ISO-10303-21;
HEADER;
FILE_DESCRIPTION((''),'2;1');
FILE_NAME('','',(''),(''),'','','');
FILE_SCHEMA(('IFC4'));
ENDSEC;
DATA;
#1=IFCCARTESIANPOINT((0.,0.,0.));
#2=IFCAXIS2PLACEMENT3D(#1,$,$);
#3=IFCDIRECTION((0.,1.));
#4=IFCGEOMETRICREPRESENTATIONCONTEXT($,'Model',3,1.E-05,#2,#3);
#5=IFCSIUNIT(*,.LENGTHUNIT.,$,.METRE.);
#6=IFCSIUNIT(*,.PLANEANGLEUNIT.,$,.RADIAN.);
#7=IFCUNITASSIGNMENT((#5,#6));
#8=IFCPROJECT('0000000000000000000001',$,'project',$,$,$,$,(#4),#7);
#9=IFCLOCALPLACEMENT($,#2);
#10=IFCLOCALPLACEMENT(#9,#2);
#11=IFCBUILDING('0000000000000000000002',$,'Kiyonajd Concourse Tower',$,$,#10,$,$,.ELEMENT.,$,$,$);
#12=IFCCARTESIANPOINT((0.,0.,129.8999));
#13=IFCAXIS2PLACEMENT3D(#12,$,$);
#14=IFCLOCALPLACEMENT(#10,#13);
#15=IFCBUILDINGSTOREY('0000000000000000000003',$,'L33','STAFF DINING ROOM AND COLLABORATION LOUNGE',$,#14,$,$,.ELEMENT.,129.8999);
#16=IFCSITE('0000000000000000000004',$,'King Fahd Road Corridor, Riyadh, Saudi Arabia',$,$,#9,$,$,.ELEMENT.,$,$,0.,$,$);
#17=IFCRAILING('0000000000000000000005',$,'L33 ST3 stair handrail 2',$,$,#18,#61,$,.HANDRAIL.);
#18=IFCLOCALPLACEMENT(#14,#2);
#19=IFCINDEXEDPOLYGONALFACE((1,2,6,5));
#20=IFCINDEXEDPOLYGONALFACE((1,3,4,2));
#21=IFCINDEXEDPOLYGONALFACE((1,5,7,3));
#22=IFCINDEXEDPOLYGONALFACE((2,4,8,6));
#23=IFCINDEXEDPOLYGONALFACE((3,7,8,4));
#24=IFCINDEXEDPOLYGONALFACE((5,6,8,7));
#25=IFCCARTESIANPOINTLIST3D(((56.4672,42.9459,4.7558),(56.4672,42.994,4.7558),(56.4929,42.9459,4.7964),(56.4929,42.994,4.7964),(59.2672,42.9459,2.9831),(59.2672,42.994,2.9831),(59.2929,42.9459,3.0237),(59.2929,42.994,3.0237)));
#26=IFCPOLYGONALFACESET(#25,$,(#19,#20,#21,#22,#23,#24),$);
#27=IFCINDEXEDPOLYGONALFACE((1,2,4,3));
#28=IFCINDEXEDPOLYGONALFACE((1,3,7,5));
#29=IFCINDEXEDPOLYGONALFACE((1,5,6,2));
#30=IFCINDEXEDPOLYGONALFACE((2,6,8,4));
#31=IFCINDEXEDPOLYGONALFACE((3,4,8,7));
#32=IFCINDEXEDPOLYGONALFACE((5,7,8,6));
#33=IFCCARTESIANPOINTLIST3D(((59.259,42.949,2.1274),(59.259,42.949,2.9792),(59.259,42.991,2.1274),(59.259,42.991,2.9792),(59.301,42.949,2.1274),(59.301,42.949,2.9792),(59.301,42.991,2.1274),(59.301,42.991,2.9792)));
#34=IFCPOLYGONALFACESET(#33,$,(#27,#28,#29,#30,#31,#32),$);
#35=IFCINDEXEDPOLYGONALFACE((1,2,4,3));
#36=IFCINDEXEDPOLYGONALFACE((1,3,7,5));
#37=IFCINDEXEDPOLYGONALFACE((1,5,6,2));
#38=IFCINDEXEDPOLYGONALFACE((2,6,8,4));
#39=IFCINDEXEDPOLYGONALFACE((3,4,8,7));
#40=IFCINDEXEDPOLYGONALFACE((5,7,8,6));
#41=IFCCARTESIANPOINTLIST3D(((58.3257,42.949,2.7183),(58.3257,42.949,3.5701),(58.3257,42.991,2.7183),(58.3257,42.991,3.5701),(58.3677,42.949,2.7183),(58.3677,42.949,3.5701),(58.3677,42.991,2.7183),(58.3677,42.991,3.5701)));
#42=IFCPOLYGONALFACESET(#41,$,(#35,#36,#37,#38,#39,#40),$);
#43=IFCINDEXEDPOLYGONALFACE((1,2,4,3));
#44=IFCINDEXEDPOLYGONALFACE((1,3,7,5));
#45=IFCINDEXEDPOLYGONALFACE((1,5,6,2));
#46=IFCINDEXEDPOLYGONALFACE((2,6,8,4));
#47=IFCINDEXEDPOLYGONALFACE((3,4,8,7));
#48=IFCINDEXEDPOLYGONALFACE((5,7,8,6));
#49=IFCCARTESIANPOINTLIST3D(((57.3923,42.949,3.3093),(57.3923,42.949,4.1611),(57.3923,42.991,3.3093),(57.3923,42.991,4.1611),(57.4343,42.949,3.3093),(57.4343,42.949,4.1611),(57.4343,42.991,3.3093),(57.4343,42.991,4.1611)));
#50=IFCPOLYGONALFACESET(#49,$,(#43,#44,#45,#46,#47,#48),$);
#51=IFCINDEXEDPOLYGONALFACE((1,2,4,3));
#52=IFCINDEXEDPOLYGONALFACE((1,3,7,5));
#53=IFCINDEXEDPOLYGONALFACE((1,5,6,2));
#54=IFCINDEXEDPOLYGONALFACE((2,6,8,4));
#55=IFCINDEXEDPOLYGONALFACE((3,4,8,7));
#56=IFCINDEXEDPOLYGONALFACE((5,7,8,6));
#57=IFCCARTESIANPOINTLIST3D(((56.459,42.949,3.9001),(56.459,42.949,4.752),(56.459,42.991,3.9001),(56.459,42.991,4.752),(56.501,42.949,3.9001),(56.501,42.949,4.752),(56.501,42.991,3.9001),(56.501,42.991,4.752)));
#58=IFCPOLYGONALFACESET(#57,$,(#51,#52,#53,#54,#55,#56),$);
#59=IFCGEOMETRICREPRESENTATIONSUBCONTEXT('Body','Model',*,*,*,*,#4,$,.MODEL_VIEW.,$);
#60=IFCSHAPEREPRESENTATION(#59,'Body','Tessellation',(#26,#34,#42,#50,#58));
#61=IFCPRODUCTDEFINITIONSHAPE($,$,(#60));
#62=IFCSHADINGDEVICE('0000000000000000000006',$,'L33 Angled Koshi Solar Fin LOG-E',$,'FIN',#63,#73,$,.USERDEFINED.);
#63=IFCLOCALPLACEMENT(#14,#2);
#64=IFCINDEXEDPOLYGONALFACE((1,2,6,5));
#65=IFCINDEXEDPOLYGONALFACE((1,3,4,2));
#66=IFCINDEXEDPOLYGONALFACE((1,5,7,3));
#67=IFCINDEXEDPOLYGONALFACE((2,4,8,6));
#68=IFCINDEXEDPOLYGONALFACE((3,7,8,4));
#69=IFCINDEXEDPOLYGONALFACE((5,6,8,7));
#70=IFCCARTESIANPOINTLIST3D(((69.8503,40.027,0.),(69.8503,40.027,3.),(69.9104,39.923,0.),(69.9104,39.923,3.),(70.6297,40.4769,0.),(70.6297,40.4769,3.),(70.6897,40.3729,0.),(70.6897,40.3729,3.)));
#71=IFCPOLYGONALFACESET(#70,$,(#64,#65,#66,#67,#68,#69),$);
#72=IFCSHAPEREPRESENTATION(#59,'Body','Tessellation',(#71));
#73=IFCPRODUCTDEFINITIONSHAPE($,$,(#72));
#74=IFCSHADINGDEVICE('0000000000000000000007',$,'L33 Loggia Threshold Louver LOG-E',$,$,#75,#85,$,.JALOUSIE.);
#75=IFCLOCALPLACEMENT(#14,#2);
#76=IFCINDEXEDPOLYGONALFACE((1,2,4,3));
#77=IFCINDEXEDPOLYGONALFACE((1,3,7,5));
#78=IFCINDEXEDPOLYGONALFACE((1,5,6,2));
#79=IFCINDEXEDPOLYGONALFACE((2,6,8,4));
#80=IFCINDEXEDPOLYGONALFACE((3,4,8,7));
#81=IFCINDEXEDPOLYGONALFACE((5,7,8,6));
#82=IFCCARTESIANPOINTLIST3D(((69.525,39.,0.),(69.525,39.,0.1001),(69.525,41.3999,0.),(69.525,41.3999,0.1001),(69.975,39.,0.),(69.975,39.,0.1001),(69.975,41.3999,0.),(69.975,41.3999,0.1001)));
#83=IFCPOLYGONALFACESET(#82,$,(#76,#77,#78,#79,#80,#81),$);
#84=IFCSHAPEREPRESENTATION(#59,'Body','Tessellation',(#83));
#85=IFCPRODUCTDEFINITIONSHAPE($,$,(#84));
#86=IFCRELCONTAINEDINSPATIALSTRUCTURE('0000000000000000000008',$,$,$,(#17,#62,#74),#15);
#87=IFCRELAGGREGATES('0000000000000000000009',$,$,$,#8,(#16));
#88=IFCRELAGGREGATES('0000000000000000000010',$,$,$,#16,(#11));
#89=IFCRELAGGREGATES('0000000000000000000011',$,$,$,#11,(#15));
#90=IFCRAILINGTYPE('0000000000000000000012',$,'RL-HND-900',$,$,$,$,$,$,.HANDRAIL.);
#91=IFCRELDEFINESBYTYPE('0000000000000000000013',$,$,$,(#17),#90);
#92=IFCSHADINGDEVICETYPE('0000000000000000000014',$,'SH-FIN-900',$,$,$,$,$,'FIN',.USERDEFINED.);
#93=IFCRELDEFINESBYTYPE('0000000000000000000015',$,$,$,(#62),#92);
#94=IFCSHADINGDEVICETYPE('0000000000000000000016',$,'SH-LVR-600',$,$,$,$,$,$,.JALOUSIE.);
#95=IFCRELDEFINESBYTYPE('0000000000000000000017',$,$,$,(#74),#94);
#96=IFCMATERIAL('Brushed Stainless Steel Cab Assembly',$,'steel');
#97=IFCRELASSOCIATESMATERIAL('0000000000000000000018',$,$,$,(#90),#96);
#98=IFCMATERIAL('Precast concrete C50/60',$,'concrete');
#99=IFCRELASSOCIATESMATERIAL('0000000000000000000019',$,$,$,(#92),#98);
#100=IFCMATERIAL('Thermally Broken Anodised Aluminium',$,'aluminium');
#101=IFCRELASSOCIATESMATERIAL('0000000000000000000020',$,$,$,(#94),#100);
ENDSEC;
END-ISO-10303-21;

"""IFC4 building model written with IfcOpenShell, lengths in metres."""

from ifc_helpers import new_model, si_unit, direction, frame, origin, origin_2d, place, context, subcontext, project, spatial, rectangle, extrude, material, type_object, element, save


model = new_model("IFC4")

# Units and contexts
model_context = context("Model", 3, precision=1e-05, world=origin(), true_north=direction((0.0, 1.0)))
body_context = subcontext(model_context, "Body", "Model", "MODEL_VIEW")
ifc_project = project(units=[si_unit("LENGTHUNIT", "METRE"), si_unit("PLANEANGLEUNIT", "RADIAN")], contexts=[model_context])

# Site, building, storey
site_placement = place(None, origin())
site = spatial("IfcSite", under=ifc_project, at=site_placement, Name="King Fahd Road Corridor, Riyadh, Saudi Arabia", CompositionType="ELEMENT", RefElevation=0.0)
building_placement = place(site_placement, origin())
building = spatial("IfcBuilding", under=site, at=building_placement, Name="Kiyonajd Concourse Tower", CompositionType="ELEMENT")
storey_placement = place(building_placement, frame((0.0, 0.0, 129.8999)))
storey = spatial("IfcBuildingStorey", under=building, at=storey_placement, Name="L33", Description="STAFF DINING ROOM AND COLLABORATION LOUNGE", CompositionType="ELEMENT", Elevation=129.8999)

# Shared definitions
ifc_material_1 = material(Name="Precast concrete C50/60", Category="concrete")

# Shared definitions
ifc_material_2 = material(Name="Thermally Broken Anodised Aluminium", Category="aluminium")

# Railing
ifc_material_3 = material(Name="Brushed Stainless Steel Cab Assembly", Category="steel")
railing_type_1 = type_object("IfcRailingType", Name="RL-HND-900", PredefinedType="HANDRAIL", material=ifc_material_3)
railing_1_placement = place(storey_placement, frame((59.28, 42.97, 2.1274)))
element("IfcRailing", 1, at=railing_1_placement, inside=storey, type_object=railing_type_1, Name="L33 ST3 stair handrail 2", PredefinedType="HANDRAIL", context=body_context, shape_type="SweptSolid", body=[
    extrude(rectangle(XDim=0.0481, YDim=0.0481, at=origin_2d()), frame((0.0, 0.0, 0.876), z_axis=(-0.844909, 0.0, 0.53491), x_axis=(0.0, -1.0, 0.0)), (0.0, 0.0, 1.0), 3.314),
    extrude(rectangle(XDim=0.042, YDim=0.042, at=origin_2d()), origin(), (0.0, 0.0, 1.0), 0.8518),
    extrude(rectangle(XDim=0.042, YDim=0.042, at=origin_2d()), frame((-0.9333, 0.0, 0.5908)), (0.0, 0.0, 1.0), 0.8518),
    extrude(rectangle(XDim=0.042, YDim=0.042, at=origin_2d()), frame((-1.8667, 0.0, 1.1819)), (0.0, 0.0, 1.0), 0.8518),
    extrude(rectangle(XDim=0.042, YDim=0.042, at=origin_2d()), frame((-2.8, 0.0, 1.7727)), (0.0, 0.0, 1.0), 0.8518),
])

# Shading devices
shading_device_type_1 = type_object("IfcShadingDeviceType", Name="SH-FIN-900", ElementType="FIN", PredefinedType="USERDEFINED", material=ifc_material_1)
shading_device_1_placement = place(storey_placement, frame((70.27, 40.2, 0.0), z_axis=(0.0, 0.0, 1.0), x_axis=(0.866025, 0.5, 0.0)))
element("IfcShadingDevice", 2, at=shading_device_1_placement, inside=storey, type_object=shading_device_type_1, Name="L33 Angled Koshi Solar Fin LOG-E", ObjectType="FIN", PredefinedType="USERDEFINED", context=body_context, shape_type="SweptSolid", body=[
    extrude(rectangle(XDim=0.8999, YDim=0.1201, at=origin_2d()), origin(), (0.0, 0.0, 1.0), 3.0),
])
shading_device_type_2 = type_object("IfcShadingDeviceType", Name="SH-LVR-600", PredefinedType="JALOUSIE", material=ifc_material_2)
shading_device_2_placement = place(storey_placement, frame((69.75, 40.2, 0.0), z_axis=(0.0, 0.0, 1.0), x_axis=(0.0, 1.0, 0.0)))
element("IfcShadingDevice", 3, at=shading_device_2_placement, inside=storey, type_object=shading_device_type_2, Name="L33 Loggia Threshold Louver LOG-E", PredefinedType="JALOUSIE", context=body_context, shape_type="SweptSolid", body=[
    extrude(rectangle(XDim=2.3999, YDim=0.45, at=origin_2d()), origin(), (0.0, 0.0, 1.0), 0.1001),
])

save(model, "model.ifc")
